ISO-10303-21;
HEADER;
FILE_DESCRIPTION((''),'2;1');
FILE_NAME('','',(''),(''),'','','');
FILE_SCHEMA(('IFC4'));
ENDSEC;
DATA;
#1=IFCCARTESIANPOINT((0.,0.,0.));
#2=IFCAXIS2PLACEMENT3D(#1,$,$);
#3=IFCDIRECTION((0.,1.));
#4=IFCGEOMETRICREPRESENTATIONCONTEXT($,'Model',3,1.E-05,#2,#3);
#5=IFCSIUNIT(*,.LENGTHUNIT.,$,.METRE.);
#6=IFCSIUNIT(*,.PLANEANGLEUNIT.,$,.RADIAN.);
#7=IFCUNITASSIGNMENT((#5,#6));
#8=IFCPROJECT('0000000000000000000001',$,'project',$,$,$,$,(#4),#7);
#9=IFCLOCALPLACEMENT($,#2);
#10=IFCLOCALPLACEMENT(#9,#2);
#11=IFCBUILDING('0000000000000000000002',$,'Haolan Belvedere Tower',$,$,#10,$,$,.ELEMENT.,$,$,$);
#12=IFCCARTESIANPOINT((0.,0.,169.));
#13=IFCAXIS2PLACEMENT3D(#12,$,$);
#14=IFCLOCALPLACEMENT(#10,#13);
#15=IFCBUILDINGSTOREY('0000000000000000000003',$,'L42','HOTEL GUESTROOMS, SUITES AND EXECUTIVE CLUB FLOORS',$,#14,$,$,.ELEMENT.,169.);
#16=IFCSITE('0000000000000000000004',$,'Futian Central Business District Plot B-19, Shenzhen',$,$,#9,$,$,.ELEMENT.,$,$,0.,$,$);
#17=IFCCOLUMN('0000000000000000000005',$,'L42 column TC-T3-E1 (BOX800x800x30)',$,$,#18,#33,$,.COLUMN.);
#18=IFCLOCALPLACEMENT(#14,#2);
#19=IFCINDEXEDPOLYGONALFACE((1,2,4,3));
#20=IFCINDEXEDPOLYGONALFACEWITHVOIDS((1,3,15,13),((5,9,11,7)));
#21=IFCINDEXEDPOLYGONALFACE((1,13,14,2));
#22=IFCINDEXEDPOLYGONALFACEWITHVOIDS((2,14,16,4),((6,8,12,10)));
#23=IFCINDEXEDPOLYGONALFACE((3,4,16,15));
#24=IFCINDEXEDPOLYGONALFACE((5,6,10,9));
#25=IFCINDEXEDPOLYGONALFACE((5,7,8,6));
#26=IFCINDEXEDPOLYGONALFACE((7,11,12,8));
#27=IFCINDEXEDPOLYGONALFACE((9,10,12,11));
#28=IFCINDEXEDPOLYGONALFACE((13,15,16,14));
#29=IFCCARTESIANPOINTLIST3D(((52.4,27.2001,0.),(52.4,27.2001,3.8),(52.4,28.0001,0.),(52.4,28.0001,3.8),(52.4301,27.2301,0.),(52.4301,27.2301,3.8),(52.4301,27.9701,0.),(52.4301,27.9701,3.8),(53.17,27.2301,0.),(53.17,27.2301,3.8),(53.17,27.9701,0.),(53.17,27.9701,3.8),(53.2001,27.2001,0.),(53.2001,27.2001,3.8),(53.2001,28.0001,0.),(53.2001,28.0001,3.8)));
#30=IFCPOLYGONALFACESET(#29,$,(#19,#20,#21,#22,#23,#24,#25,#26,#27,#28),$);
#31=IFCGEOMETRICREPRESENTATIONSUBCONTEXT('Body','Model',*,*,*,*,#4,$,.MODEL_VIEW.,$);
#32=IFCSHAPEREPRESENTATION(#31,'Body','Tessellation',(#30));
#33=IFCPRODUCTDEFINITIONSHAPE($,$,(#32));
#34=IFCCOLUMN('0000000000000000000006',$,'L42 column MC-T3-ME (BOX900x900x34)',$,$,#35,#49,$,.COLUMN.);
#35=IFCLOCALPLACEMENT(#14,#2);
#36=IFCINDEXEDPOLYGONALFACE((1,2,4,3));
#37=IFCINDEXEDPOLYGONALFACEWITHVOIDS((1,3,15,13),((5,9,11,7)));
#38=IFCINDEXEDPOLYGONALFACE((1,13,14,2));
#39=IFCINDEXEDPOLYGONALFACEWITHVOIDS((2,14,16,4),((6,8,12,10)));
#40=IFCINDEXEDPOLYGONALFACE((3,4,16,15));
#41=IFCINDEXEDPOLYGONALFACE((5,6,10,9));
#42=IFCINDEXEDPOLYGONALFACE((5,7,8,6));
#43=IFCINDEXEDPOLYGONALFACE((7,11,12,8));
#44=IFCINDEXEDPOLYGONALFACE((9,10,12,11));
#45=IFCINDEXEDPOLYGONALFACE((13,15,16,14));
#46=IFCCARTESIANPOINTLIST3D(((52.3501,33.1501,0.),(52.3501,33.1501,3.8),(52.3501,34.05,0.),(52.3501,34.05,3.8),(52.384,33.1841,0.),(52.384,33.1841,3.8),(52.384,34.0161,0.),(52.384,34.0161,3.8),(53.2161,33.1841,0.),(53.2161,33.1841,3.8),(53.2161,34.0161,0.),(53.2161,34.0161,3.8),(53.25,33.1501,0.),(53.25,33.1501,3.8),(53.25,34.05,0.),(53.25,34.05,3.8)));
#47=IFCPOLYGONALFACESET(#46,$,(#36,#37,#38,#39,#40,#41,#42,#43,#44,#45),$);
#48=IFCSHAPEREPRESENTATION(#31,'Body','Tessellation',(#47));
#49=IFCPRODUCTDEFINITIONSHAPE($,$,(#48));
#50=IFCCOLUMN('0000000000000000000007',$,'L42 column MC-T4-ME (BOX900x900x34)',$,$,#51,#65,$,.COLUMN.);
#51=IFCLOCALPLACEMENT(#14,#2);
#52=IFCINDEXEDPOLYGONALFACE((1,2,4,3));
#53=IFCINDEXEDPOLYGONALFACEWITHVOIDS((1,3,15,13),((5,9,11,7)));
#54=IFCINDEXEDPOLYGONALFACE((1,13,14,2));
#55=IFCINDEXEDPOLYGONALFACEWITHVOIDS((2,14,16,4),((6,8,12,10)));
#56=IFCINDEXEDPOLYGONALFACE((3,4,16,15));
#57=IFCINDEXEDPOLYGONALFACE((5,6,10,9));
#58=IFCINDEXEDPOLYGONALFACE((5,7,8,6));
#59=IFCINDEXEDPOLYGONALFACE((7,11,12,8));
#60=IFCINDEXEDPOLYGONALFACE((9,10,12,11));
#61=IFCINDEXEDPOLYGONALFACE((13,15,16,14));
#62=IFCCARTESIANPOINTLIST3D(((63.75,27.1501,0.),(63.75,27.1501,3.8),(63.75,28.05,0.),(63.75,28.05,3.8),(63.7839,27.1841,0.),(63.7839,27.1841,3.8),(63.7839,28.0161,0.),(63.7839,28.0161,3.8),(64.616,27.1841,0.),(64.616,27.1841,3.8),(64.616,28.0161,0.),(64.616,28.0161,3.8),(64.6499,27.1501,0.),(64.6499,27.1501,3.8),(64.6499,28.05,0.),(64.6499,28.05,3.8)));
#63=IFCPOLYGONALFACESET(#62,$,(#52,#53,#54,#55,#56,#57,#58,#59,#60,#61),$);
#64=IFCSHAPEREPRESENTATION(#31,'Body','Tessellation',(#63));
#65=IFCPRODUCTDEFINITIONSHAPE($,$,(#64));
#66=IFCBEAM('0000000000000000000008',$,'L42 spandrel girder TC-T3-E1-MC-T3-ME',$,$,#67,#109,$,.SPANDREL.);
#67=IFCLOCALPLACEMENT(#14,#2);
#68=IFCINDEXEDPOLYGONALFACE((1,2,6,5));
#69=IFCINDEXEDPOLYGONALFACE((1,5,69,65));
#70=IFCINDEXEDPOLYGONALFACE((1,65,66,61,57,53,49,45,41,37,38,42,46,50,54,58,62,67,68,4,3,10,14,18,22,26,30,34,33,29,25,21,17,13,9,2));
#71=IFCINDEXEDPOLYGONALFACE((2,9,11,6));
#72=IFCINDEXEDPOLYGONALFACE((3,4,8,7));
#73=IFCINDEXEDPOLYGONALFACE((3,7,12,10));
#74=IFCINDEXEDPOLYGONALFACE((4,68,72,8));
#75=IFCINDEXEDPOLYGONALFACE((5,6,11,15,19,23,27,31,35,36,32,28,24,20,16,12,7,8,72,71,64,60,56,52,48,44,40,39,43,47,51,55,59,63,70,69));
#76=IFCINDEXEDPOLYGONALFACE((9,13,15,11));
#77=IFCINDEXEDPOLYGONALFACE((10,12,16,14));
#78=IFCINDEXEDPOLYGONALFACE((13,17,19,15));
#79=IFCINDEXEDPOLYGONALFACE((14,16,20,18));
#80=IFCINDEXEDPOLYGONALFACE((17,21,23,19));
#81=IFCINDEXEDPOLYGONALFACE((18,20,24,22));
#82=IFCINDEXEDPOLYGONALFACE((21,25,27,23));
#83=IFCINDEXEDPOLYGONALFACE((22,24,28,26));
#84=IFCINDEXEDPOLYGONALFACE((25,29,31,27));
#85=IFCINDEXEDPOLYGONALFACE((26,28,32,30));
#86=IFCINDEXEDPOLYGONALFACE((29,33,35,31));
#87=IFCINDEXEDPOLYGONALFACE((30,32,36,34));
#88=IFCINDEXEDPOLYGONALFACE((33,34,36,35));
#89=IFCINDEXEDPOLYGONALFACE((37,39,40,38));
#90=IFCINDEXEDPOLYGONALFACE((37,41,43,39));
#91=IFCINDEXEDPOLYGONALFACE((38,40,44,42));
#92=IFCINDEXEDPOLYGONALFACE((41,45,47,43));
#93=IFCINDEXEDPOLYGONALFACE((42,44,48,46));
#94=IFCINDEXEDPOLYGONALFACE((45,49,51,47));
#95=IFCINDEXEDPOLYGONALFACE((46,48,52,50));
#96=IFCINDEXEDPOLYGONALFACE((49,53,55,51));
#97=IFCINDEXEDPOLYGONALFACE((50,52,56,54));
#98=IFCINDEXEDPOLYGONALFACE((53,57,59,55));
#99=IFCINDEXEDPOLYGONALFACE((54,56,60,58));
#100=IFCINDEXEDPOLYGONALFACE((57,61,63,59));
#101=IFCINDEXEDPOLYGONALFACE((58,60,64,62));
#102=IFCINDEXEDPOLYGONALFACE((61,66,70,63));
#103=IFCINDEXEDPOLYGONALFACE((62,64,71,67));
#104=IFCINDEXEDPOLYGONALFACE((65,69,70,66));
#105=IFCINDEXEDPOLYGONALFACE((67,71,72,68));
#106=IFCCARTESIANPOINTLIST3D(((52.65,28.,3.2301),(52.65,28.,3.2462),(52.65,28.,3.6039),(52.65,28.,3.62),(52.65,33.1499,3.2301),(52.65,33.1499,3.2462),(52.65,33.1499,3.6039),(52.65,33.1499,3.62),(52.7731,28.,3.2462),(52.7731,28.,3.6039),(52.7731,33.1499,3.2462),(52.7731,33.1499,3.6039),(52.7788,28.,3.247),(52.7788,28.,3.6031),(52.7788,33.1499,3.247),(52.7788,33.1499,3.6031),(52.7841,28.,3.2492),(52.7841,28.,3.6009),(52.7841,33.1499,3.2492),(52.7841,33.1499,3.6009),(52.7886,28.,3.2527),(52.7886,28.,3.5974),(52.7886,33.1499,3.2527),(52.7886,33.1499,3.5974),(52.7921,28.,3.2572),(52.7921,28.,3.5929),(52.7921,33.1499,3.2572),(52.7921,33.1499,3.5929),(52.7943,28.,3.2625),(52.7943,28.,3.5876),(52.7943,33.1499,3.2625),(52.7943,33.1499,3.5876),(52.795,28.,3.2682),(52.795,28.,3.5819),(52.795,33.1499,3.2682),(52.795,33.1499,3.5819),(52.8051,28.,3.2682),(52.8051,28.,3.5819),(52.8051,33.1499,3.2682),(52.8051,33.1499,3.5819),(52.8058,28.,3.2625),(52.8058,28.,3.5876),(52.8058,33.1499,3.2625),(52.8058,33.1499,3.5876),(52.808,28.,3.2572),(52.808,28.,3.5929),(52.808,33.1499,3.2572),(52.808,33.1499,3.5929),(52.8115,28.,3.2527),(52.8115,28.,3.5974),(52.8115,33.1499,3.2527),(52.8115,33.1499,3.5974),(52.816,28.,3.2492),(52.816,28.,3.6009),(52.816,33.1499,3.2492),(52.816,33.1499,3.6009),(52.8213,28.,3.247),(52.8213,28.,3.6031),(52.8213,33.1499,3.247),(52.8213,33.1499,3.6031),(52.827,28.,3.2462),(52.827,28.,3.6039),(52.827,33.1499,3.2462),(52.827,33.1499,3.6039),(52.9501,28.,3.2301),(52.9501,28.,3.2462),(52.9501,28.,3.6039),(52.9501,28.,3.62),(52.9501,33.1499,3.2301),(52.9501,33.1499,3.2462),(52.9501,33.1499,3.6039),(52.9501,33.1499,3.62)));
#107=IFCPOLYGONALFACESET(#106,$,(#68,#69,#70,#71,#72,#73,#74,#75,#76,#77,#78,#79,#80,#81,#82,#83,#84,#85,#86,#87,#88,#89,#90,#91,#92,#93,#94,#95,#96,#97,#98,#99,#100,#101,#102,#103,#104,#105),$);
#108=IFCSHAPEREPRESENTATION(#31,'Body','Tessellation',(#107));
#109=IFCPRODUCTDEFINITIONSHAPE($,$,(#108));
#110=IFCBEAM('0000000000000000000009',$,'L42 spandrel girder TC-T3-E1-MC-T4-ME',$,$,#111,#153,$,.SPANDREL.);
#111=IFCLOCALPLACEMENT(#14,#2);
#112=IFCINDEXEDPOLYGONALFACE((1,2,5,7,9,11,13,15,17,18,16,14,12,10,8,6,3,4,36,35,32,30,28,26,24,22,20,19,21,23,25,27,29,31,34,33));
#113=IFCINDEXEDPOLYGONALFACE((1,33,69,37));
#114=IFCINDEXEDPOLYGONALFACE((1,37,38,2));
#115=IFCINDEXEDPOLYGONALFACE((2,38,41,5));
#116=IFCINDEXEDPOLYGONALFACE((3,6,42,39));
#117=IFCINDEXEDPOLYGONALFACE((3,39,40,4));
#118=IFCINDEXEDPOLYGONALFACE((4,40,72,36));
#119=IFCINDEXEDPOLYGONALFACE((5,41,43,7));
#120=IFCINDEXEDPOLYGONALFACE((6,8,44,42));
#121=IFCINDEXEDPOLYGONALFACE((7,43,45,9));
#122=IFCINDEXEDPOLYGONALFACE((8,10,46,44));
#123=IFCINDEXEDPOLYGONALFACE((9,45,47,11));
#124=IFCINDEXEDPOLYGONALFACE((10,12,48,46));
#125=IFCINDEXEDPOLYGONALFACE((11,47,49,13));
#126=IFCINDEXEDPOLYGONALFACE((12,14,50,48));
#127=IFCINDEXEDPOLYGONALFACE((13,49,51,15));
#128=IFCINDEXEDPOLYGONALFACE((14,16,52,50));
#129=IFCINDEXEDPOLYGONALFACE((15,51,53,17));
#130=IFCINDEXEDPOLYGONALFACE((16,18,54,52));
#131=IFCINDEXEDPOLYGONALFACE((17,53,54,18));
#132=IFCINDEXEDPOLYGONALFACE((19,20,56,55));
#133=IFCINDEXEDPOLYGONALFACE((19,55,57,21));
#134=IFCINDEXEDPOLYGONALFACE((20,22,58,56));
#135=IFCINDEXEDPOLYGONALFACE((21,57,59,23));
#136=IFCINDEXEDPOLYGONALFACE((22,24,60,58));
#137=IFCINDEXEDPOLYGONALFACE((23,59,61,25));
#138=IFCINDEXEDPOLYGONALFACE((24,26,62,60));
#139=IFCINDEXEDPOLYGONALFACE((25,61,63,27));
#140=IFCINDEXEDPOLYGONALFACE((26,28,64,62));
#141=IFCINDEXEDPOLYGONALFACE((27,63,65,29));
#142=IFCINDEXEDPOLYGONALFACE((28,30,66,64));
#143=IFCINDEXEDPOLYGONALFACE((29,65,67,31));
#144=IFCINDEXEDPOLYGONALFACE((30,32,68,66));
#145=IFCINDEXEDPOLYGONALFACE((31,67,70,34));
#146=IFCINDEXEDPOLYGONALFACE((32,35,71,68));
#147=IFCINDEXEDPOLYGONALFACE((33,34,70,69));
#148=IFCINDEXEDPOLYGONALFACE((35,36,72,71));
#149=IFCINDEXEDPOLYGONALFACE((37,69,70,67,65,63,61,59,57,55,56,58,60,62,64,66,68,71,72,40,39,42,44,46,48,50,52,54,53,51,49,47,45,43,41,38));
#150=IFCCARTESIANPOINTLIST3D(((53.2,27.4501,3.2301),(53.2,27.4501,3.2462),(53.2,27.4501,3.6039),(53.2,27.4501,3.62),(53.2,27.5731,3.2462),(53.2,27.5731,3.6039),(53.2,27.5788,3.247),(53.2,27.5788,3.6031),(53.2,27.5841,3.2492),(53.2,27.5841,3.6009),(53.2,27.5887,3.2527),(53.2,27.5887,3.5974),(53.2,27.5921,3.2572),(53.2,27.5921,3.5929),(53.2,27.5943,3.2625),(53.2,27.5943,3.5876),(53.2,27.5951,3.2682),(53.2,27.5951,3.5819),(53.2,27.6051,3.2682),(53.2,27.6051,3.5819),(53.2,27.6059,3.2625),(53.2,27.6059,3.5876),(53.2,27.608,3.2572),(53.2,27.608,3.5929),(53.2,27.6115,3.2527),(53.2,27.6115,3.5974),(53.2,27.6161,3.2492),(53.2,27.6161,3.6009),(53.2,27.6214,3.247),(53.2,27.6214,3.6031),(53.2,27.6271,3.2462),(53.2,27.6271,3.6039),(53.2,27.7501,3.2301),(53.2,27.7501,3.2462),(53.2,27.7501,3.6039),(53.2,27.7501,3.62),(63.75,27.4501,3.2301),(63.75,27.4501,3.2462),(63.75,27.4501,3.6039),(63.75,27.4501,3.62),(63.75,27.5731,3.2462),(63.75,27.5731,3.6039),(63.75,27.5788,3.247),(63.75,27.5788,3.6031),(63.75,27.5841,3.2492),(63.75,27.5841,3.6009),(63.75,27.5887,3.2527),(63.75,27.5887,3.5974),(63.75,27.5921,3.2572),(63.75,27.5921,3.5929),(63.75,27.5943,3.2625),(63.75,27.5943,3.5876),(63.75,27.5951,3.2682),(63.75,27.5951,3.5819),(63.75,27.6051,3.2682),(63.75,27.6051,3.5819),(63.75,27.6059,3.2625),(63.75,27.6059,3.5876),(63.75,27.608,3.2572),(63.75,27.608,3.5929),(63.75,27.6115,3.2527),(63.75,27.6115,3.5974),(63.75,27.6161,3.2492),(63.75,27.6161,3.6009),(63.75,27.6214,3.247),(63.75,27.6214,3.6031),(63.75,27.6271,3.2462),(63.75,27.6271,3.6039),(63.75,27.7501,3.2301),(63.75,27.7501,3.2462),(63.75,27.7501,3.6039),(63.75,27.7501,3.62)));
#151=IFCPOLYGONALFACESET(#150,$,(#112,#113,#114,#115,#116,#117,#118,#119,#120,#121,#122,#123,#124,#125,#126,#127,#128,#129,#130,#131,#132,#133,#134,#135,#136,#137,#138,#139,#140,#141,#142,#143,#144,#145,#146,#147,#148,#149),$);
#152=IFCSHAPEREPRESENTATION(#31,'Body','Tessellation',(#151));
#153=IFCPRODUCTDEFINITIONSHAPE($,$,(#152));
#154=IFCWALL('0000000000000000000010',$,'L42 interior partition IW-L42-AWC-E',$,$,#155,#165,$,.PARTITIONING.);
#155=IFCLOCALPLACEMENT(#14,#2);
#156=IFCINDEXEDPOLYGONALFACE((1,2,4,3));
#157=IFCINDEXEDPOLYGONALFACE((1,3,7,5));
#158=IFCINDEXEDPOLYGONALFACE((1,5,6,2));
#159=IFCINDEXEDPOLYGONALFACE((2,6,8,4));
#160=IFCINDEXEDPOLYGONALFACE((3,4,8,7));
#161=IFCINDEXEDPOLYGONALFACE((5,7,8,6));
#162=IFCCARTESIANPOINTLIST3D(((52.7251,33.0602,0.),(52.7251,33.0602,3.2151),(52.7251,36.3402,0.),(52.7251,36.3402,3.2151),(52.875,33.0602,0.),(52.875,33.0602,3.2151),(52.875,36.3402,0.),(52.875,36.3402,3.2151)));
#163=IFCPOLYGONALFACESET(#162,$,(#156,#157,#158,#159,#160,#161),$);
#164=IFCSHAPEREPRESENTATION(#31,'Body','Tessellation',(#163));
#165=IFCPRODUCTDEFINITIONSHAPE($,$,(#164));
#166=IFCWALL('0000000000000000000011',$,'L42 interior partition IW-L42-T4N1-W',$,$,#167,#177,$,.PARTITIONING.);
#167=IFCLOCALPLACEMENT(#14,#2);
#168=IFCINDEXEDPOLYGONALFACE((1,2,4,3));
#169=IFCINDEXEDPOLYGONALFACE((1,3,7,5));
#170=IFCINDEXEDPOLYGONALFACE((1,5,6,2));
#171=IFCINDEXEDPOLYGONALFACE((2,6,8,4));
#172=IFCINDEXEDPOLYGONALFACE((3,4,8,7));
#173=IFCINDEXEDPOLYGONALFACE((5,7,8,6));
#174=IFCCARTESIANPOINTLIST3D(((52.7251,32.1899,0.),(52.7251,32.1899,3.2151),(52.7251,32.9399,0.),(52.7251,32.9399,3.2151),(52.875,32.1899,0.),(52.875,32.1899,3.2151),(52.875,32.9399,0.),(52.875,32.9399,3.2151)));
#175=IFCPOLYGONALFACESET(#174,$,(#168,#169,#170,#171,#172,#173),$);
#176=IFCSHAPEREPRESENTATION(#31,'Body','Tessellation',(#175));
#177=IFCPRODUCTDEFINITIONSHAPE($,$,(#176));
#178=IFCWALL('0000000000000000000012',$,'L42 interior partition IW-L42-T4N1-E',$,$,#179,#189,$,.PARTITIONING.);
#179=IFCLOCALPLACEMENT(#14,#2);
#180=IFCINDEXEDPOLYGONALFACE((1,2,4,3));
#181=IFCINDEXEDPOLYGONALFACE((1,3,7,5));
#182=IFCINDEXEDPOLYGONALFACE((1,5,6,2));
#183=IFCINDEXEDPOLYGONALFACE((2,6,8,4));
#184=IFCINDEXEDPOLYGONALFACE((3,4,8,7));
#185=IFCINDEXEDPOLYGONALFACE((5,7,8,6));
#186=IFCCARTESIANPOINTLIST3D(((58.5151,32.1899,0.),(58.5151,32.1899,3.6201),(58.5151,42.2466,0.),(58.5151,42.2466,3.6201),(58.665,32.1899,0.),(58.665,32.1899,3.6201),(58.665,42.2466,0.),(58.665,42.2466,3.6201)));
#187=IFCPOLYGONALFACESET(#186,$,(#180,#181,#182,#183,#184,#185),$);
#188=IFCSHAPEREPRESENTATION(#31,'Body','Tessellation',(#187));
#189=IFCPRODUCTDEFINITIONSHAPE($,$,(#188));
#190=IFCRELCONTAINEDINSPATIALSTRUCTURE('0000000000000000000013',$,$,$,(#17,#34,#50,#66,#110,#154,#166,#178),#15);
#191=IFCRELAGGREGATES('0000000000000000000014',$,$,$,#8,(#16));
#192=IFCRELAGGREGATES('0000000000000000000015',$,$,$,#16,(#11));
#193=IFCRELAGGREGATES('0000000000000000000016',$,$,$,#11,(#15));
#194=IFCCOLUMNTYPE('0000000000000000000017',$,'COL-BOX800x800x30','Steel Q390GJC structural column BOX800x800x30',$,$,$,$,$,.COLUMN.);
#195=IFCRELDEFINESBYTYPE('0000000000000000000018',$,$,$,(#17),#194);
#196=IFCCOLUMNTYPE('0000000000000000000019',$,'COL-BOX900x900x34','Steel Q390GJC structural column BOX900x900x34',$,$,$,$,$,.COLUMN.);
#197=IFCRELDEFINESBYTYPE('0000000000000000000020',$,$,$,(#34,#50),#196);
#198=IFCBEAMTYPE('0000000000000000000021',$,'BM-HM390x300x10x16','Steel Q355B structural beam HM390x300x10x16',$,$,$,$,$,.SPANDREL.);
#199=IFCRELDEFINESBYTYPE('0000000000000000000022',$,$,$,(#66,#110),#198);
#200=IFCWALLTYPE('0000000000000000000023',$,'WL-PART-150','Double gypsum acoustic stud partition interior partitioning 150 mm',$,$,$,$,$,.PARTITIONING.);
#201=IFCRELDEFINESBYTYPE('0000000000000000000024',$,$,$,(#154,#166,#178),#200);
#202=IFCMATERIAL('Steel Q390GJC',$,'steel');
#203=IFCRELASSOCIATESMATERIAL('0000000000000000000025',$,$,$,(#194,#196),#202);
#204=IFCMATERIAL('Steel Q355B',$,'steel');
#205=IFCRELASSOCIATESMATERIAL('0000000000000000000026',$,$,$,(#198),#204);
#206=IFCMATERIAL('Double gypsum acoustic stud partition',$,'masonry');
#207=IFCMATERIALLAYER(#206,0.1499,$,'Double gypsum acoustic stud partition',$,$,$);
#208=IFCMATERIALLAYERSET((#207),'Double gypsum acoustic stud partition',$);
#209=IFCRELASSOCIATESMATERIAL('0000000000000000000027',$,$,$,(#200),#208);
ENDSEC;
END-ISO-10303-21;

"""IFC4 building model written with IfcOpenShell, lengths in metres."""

from ifc_helpers import new_model, si_unit, direction, frame, frame_2d, origin, origin_2d, place, context, subcontext, project, spatial, rectangle, hollow_rectangle, i_section, extrude, material, layer, layer_set, material_profile, profile_set, type_object, element, save


model = new_model("IFC4")

# Units and contexts
model_context = context("Model", 3, precision=1e-05, world=origin(), true_north=direction((0.0, 1.0)))
body_context = subcontext(model_context, "Body", "Model", "MODEL_VIEW")
ifc_project = project(units=[si_unit("LENGTHUNIT", "METRE"), si_unit("PLANEANGLEUNIT", "RADIAN")], contexts=[model_context])

# Site, building, storey
site_placement = place(None, origin())
site = spatial("IfcSite", under=ifc_project, at=site_placement, Name="Futian Central Business District Plot B-19, Shenzhen", CompositionType="ELEMENT", RefElevation=0.0)
building_placement = place(site_placement, origin())
building = spatial("IfcBuilding", under=site, at=building_placement, Name="Haolan Belvedere Tower", CompositionType="ELEMENT")
storey_placement = place(building_placement, frame((0.0, 0.0, 169.0)))
storey = spatial("IfcBuildingStorey", under=building, at=storey_placement, Name="L42", Description="HOTEL GUESTROOMS, SUITES AND EXECUTIVE CLUB FLOORS", CompositionType="ELEMENT", Elevation=169.0)

# Columns
ifc_material_1 = material(Name="Steel Q390GJC", Category="steel")
ifc_material_profile_1 = material_profile(ifc_material_1, hollow_rectangle(XDim=0.8, YDim=0.8, WallThickness=0.03, at=origin_2d()), Name="Steel Q390GJC")
ifc_profile_set_1 = profile_set([ifc_material_profile_1], Name="Steel Q390GJC")
column_type_1 = type_object("IfcColumnType", Name="COL-BOX800x800x30", Description="Steel Q390GJC structural column BOX800x800x30", PredefinedType="COLUMN", material=ifc_profile_set_1)
column_placement = place(storey_placement, frame((52.8, 27.6001, 0.0), z_axis=(0.0, 0.0, 1.0), x_axis=(1.0, 0.0, 0.0)))
element("IfcColumn", 1, at=column_placement, inside=storey, type_object=column_type_1, Name="L42 column TC-T3-E1 (BOX800x800x30)", PredefinedType="COLUMN", context=body_context, shape_type="SweptSolid", body=[
    extrude(hollow_rectangle(XDim=0.8, YDim=0.8, WallThickness=0.03, at=origin_2d()), origin(), (0.0, 0.0, 1.0), 3.8),
])
ifc_material_profile_2 = material_profile(ifc_material_1, hollow_rectangle(XDim=0.8999, YDim=0.8999, WallThickness=0.0339, at=origin_2d()), Name="Steel Q390GJC")
ifc_profile_set_2 = profile_set([ifc_material_profile_2], Name="Steel Q390GJC")
column_type_2 = type_object("IfcColumnType", Name="COL-BOX900x900x34", Description="Steel Q390GJC structural column BOX900x900x34", PredefinedType="COLUMN", material=ifc_profile_set_2)
for number, where, z_axis, x_axis, name in (
    (2, (52.8, 33.6001, 0.0), (0.0, 0.0, 1.0), (1.0, 0.0, 0.0), "L42 column MC-T3-ME (BOX900x900x34)"),
    (3, (64.2, 27.6001, 0.0), (0.0, 0.0, 1.0), (1.0, 0.0, 0.0), "L42 column MC-T4-ME (BOX900x900x34)"),
):
    element("IfcColumn", number, at=place(storey_placement, frame(where, z_axis=z_axis, x_axis=x_axis)), inside=storey, type_object=column_type_2, Name=name, PredefinedType="COLUMN", context=body_context, shape_type="SweptSolid", body=[
        extrude(hollow_rectangle(XDim=0.8999, YDim=0.8999, WallThickness=0.0339, at=origin_2d()), origin(), (0.0, 0.0, 1.0), 3.8),
    ])

# Beams
ifc_material_2 = material(Name="Steel Q355B", Category="steel")
ifc_material_profile_3 = material_profile(ifc_material_2, i_section(OverallWidth=0.3, OverallDepth=0.3899, WebThickness=0.01, FlangeThickness=0.0161, FilletRadius=0.022, at=origin_2d()), Name="Steel Q355B")
ifc_profile_set_3 = profile_set([ifc_material_profile_3], Name="Steel Q355B")
beam_type = type_object("IfcBeamType", Name="BM-HM390x300x10x16", Description="Steel Q355B structural beam HM390x300x10x16", PredefinedType="SPANDREL", material=ifc_profile_set_3)
beam_1_placement = place(storey_placement, frame((52.8, 28.0, 3.425), z_axis=(0.0, 1.0, 0.0), x_axis=(-1.0, 0.0, 0.0)))
element("IfcBeam", 4, at=beam_1_placement, inside=storey, type_object=beam_type, Name="L42 spandrel girder TC-T3-E1-MC-T3-ME", PredefinedType="SPANDREL", context=body_context, shape_type="SweptSolid", body=[
    extrude(i_section(OverallWidth=0.3, OverallDepth=0.3899, WebThickness=0.01, FlangeThickness=0.0161, FilletRadius=0.022, at=origin_2d()), origin(), (0.0, 0.0, 1.0), 5.1499),
])
beam_2_placement = place(storey_placement, frame((53.2, 27.6001, 3.425), z_axis=(1.0, 0.0, 0.0), x_axis=(0.0, 1.0, 0.0)))
element("IfcBeam", 5, at=beam_2_placement, inside=storey, type_object=beam_type, Name="L42 spandrel girder TC-T3-E1-MC-T4-ME", PredefinedType="SPANDREL", context=body_context, shape_type="SweptSolid", body=[
    extrude(i_section(OverallWidth=0.3, OverallDepth=0.3899, WebThickness=0.01, FlangeThickness=0.0161, FilletRadius=0.022, at=origin_2d()), origin(), (0.0, 0.0, 1.0), 10.55),
])

# Walls
ifc_material_3 = material(Name="Double gypsum acoustic stud partition", Category="masonry")
ifc_layer_1 = layer(ifc_material_3, 0.1499, Name="Double gypsum acoustic stud partition")
ifc_layer_set_1 = layer_set([ifc_layer_1], Name="Double gypsum acoustic stud partition")
wall_type_1 = type_object("IfcWallType", Name="WL-PART-150", Description="Double gypsum acoustic stud partition interior partitioning 150 mm", PredefinedType="PARTITIONING", material=ifc_layer_set_1)
wall_1_placement = place(storey_placement, frame((52.8, 33.0601, 0.0), z_axis=(0.0, 0.0, 1.0), x_axis=(0.0, 1.0, 0.0)))
element("IfcWall", 6, at=wall_1_placement, inside=storey, type_object=wall_type_1, Name="L42 interior partition IW-L42-AWC-E", PredefinedType="PARTITIONING", context=body_context, shape_type="SweptSolid", body=[
    extrude(rectangle(XDim=3.28, YDim=0.1499, at=frame_2d((1.6401, 0.0))), origin(), (0.0, 0.0, 1.0), 3.2151),
])
wall_2_placement = place(storey_placement, frame((52.8, 32.1899, 0.0), z_axis=(0.0, 0.0, 1.0), x_axis=(0.0, 1.0, 0.0)))
element("IfcWall", 7, at=wall_2_placement, inside=storey, type_object=wall_type_1, Name="L42 interior partition IW-L42-T4N1-W", PredefinedType="PARTITIONING", context=body_context, shape_type="SweptSolid", body=[
    extrude(rectangle(XDim=0.75, YDim=0.1499, at=frame_2d((0.375, 0.0))), origin(), (0.0, 0.0, 1.0), 3.2151),
])
wall_3_placement = place(storey_placement, frame((58.5901, 32.1899, 0.0), z_axis=(0.0, 0.0, 1.0), x_axis=(0.0, 1.0, 0.0)))
element("IfcWall", 8, at=wall_3_placement, inside=storey, type_object=wall_type_1, Name="L42 interior partition IW-L42-T4N1-E", PredefinedType="PARTITIONING", context=body_context, shape_type="SweptSolid", body=[
    extrude(rectangle(XDim=10.0566, YDim=0.1499, at=frame_2d((5.0283, 0.0))), origin(), (0.0, 0.0, 1.0), 3.6201),
])

save(model, "model.ifc")
